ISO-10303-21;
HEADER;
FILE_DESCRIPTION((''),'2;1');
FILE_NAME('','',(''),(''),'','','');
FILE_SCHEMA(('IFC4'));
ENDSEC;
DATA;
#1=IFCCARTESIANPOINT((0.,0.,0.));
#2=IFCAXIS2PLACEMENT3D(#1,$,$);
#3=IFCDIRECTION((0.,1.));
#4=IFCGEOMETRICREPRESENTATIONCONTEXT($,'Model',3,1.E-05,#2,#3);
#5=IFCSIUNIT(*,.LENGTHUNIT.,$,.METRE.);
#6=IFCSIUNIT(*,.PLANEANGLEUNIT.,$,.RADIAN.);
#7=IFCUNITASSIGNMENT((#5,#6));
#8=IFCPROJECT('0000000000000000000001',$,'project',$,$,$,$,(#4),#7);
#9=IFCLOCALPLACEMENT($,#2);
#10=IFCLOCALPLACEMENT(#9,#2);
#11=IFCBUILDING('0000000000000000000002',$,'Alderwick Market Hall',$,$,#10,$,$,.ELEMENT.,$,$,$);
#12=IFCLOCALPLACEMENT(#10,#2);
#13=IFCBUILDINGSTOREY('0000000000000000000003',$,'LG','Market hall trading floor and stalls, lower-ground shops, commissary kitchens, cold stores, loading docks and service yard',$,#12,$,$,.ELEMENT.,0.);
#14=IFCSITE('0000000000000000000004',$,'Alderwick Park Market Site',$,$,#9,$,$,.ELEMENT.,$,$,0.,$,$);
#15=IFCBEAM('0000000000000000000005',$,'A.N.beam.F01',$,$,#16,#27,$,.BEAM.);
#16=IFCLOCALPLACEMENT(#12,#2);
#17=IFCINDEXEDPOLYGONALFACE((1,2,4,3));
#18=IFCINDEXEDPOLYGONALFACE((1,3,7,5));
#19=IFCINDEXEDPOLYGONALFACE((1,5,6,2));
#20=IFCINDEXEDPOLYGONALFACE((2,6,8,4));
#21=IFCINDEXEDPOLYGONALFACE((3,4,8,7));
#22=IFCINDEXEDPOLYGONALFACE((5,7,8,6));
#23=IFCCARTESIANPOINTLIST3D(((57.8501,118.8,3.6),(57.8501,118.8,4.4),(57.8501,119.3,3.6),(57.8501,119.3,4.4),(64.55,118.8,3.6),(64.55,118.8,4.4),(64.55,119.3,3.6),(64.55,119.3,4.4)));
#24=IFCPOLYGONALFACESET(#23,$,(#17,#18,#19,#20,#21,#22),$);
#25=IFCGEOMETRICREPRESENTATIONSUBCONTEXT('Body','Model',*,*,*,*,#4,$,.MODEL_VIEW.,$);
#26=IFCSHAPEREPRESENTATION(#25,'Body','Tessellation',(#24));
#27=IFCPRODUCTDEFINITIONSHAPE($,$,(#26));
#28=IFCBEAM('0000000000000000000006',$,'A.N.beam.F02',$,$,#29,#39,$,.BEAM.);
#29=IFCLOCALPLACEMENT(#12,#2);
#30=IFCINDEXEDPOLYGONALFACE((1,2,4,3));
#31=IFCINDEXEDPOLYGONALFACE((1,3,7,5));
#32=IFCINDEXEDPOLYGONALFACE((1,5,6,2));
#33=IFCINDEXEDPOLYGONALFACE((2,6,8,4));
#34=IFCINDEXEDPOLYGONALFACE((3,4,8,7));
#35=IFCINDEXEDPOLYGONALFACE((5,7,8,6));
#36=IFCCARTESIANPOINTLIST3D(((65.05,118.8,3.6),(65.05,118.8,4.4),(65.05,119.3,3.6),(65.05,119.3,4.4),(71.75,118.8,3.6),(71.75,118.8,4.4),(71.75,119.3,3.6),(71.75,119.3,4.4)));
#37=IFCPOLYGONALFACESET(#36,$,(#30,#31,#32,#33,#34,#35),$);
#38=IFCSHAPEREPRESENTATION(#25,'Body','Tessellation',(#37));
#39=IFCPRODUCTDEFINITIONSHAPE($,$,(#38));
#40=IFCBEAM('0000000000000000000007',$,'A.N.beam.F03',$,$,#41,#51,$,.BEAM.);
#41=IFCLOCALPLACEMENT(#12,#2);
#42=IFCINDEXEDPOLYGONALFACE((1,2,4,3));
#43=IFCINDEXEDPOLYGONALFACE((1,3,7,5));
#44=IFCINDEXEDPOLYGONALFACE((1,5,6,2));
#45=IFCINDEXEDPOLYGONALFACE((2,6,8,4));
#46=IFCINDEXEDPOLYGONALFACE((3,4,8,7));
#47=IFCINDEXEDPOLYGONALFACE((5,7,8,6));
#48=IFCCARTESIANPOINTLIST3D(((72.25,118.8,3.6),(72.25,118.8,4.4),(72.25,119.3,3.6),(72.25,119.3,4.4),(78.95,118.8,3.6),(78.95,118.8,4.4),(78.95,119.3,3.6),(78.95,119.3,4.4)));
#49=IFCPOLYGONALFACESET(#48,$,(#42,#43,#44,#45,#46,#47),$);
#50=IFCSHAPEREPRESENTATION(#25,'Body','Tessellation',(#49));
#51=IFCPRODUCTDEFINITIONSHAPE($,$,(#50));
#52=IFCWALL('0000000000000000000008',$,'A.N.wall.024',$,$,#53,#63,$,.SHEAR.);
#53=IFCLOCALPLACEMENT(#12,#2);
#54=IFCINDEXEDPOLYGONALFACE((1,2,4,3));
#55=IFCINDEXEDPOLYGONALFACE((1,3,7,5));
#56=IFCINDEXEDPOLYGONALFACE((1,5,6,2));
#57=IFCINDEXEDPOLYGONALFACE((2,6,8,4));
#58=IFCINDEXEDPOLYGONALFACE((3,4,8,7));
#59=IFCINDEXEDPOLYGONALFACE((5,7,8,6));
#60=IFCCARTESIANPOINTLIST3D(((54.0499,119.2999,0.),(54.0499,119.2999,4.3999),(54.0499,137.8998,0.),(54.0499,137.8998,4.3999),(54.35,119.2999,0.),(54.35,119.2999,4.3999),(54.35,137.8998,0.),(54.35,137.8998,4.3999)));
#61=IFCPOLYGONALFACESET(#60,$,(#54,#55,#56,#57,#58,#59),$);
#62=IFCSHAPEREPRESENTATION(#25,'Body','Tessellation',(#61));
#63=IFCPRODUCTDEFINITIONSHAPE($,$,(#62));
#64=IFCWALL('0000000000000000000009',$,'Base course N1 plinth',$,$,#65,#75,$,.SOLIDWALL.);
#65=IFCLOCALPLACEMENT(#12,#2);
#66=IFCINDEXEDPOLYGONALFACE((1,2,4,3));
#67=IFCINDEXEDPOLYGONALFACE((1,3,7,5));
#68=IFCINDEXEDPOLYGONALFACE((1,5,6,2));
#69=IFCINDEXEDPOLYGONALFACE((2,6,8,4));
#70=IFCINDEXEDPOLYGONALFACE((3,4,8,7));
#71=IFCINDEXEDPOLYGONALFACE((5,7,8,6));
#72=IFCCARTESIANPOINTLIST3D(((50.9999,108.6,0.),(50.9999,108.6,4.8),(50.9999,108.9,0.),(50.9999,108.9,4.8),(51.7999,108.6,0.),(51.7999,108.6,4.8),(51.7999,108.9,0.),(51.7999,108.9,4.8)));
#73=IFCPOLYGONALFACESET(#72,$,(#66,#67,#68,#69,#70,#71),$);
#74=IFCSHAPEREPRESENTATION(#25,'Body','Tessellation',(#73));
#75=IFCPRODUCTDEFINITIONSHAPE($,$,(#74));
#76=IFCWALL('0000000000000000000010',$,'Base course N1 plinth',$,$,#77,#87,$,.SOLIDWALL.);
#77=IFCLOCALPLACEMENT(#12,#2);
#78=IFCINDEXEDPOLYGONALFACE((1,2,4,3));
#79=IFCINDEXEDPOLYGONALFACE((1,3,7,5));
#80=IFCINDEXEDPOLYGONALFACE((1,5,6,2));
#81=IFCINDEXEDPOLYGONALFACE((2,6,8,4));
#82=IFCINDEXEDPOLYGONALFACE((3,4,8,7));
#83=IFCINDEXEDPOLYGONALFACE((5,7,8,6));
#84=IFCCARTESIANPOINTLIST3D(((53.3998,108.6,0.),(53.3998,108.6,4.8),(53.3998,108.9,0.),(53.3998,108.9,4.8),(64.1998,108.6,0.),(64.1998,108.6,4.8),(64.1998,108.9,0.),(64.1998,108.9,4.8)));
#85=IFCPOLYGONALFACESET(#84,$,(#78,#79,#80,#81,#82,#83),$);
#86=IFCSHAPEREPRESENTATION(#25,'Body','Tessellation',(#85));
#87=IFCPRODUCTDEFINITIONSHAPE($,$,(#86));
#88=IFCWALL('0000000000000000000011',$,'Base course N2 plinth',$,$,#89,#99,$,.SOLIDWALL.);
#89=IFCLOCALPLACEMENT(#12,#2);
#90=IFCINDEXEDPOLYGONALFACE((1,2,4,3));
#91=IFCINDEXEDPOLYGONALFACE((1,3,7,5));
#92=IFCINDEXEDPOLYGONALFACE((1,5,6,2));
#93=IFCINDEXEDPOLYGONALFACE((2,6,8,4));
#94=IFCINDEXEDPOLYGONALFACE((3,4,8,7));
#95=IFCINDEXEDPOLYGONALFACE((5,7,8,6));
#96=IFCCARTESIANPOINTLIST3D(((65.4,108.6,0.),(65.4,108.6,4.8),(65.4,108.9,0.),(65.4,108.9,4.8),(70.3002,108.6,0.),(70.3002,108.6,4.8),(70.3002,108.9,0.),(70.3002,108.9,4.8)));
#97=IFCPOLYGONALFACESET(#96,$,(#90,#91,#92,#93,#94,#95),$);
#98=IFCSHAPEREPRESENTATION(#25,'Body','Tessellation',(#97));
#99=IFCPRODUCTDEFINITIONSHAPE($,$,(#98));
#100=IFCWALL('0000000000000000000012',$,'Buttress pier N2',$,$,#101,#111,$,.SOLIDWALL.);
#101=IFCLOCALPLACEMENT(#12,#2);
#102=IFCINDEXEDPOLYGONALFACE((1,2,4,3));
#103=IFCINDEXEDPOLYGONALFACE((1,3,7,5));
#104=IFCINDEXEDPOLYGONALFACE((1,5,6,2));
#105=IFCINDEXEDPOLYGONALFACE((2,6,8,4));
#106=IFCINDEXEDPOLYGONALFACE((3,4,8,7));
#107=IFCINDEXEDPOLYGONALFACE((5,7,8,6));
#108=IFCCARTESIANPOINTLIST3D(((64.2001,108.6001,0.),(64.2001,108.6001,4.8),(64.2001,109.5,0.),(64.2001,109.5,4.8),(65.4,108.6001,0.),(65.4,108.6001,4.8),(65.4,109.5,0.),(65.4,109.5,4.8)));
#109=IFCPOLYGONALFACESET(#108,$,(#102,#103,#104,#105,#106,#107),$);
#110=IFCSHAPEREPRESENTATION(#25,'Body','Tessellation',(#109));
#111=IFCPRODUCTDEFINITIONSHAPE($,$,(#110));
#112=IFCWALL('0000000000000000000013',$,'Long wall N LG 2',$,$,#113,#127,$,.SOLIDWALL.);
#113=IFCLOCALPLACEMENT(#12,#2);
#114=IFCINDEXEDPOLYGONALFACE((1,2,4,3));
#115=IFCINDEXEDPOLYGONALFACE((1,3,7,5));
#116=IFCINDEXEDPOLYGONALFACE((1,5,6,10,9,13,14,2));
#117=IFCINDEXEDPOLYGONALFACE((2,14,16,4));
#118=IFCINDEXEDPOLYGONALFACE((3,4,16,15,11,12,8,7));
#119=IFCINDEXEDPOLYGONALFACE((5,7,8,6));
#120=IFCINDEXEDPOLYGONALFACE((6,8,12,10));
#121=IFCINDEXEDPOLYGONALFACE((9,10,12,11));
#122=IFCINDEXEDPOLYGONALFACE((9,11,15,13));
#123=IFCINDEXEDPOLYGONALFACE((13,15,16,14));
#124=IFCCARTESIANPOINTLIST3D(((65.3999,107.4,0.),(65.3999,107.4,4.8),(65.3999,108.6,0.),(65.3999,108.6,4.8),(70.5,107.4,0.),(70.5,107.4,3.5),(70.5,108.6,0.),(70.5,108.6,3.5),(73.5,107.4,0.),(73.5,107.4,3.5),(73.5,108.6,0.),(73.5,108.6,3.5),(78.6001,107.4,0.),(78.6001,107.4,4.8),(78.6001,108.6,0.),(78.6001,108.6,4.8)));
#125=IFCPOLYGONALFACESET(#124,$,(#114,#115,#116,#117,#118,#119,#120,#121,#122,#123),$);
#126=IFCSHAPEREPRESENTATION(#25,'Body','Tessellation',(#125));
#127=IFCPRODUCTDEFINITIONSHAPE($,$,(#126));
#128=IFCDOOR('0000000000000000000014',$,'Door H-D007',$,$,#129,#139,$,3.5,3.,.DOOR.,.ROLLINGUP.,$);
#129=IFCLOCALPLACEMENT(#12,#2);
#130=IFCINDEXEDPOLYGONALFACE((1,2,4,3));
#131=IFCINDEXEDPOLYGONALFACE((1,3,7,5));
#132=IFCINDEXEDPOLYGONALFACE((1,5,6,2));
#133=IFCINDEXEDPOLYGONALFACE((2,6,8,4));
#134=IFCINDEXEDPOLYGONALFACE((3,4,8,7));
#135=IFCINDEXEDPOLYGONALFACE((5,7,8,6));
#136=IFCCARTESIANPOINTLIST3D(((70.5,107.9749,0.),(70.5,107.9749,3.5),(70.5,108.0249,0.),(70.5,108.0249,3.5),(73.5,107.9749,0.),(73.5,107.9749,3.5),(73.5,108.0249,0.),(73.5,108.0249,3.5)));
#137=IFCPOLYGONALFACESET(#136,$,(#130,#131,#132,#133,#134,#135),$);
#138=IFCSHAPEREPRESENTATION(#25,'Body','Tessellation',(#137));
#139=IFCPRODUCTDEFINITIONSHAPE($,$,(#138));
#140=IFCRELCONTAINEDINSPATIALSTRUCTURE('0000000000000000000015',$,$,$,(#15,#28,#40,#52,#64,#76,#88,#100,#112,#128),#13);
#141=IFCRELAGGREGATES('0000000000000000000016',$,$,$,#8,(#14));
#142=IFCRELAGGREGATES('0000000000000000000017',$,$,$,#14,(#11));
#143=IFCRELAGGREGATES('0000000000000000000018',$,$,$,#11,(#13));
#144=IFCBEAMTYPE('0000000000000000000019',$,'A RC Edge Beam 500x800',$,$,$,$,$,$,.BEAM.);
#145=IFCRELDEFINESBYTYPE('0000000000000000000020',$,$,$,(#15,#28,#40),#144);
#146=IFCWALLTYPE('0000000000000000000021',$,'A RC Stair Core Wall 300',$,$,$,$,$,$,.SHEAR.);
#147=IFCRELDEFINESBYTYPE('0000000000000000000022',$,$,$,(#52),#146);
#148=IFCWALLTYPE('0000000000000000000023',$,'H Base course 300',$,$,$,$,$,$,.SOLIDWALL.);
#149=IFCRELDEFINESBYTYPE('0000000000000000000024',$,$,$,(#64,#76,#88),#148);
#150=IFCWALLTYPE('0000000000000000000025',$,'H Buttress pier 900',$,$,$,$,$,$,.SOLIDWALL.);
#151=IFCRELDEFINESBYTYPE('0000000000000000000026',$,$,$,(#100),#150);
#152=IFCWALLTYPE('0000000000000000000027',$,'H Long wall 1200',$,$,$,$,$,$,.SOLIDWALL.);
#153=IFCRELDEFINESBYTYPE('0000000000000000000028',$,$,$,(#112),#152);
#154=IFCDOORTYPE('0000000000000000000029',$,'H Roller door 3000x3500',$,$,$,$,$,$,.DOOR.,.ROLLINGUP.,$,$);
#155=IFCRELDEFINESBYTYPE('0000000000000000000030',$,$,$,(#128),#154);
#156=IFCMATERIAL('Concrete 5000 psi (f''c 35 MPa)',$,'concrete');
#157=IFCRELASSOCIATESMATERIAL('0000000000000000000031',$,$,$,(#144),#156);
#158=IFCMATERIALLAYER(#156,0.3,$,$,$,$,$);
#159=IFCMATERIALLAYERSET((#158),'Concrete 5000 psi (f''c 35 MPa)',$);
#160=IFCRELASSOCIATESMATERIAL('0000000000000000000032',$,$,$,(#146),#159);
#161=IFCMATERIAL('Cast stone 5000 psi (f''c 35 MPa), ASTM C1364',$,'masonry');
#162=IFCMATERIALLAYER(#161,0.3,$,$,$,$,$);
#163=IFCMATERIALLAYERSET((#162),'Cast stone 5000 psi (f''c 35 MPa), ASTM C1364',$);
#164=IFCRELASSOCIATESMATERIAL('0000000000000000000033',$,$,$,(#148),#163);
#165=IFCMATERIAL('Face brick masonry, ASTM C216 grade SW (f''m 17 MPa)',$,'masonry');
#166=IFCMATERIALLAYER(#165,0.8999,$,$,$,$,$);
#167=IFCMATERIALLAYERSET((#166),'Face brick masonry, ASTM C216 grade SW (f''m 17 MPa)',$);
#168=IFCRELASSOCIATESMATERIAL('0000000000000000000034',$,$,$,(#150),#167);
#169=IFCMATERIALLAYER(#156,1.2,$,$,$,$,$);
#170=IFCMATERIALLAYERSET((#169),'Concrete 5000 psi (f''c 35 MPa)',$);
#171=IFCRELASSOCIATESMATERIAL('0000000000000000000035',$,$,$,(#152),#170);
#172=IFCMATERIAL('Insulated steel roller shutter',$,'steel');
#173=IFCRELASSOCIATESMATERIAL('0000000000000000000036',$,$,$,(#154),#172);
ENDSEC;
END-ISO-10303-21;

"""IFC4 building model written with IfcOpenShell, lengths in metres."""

from ifc_helpers import new_model, si_unit, direction, frame, frame_2d, origin, origin_2d, place, context, subcontext, project, spatial, rectangle, extrude, material, layer, layer_set, material_profile, profile_set, type_object, element, fill, save


model = new_model("IFC4")

# Units and contexts
model_context = context("Model", 3, precision=1e-05, world=origin(), true_north=direction((0.0, 1.0)))
body_context = subcontext(model_context, "Body", "Model", "MODEL_VIEW")
ifc_project = project(units=[si_unit("LENGTHUNIT", "METRE"), si_unit("PLANEANGLEUNIT", "RADIAN")], contexts=[model_context])

# Site, building, storey
site_placement = place(None, origin())
site = spatial("IfcSite", under=ifc_project, at=site_placement, Name="Alderwick Park Market Site", CompositionType="ELEMENT", RefElevation=0.0)
building_placement = place(site_placement, origin())
building = spatial("IfcBuilding", under=site, at=building_placement, Name="Alderwick Market Hall", CompositionType="ELEMENT")
storey_placement = place(building_placement, origin())
storey = spatial("IfcBuildingStorey", under=building, at=storey_placement, Name="LG", Description="Market hall trading floor and stalls, lower-ground shops, commissary kitchens, cold stores, loading docks and service yard", CompositionType="ELEMENT", Elevation=0.0)

# Shared definitions
ifc_material_1 = material(Name="Concrete 5000 psi (f'c 35 MPa)", Category="concrete")

# Beams
ifc_material_profile_1 = material_profile(ifc_material_1, rectangle(XDim=0.5, YDim=0.8, at=origin_2d()), Name="A RC Edge Beam 500x800")
ifc_profile_set_1 = profile_set([ifc_material_profile_1], Name="Concrete 5000 psi (f'c 35 MPa)")
beam_type_1 = type_object("IfcBeamType", Name="A RC Edge Beam 500x800", PredefinedType="BEAM", material=ifc_profile_set_1)
for number, where, z_axis, x_axis, name in (
    (1, (57.8501, 119.05, 4.0), (1.0, 0.0, 0.0), (0.0, 1.0, 0.0), "A.N.beam.F01"),
    (2, (65.05, 119.05, 4.0), (1.0, 0.0, 0.0), (0.0, 1.0, 0.0), "A.N.beam.F02"),
    (3, (72.25, 119.05, 4.0), (1.0, 0.0, 0.0), (0.0, 1.0, 0.0), "A.N.beam.F03"),
):
    element("IfcBeam", number, at=place(storey_placement, frame(where, z_axis=z_axis, x_axis=x_axis)), inside=storey, type_object=beam_type_1, Name=name, PredefinedType="BEAM", context=body_context, shape_type="SweptSolid", body=[
        extrude(rectangle(XDim=0.5, YDim=0.8, at=origin_2d()), origin(), (0.0, 0.0, 1.0), 6.7),
    ])

# Walls
ifc_layer_1 = layer(ifc_material_1, 0.3)
ifc_layer_set_1 = layer_set([ifc_layer_1], Name="Concrete 5000 psi (f'c 35 MPa)")
wall_type_1 = type_object("IfcWallType", Name="A RC Stair Core Wall 300", PredefinedType="SHEAR", material=ifc_layer_set_1)
wall_1_placement = place(storey_placement, frame((54.2, 119.3, 0.0), z_axis=(0.0, 0.0, 1.0), x_axis=(0.0, 1.0, 0.0)))
element("IfcWall", 4, at=wall_1_placement, inside=storey, type_object=wall_type_1, Name="A.N.wall.024", PredefinedType="SHEAR", context=body_context, shape_type="SweptSolid", body=[
    extrude(rectangle(XDim=18.5999, YDim=0.3, at=frame_2d((9.2998, 0.0))), origin(), (0.0, 0.0, 1.0), 4.3999),
])
ifc_material_2 = material(Name="Cast stone 5000 psi (f'c 35 MPa), ASTM C1364", Category="masonry")
ifc_layer_2 = layer(ifc_material_2, 0.3)
ifc_layer_set_2 = layer_set([ifc_layer_2], Name="Cast stone 5000 psi (f'c 35 MPa), ASTM C1364")
wall_type_2 = type_object("IfcWallType", Name="H Base course 300", PredefinedType="SOLIDWALL", material=ifc_layer_set_2)
wall_2_placement = place(storey_placement, frame((51.0, 108.75, 0.0), z_axis=(0.0, 0.0, 1.0), x_axis=(1.0, 0.0, 0.0)))
element("IfcWall", 5, at=wall_2_placement, inside=storey, type_object=wall_type_2, Name="Base course N1 plinth", PredefinedType="SOLIDWALL", context=body_context, shape_type="SweptSolid", body=[
    extrude(rectangle(XDim=0.8, YDim=0.3, at=frame_2d((0.3999, 0.0))), origin(), (0.0, 0.0, 1.0), 4.8),
])
wall_3_placement = place(storey_placement, frame((53.3999, 108.75, 0.0), z_axis=(0.0, 0.0, 1.0), x_axis=(1.0, 0.0, 0.0)))
element("IfcWall", 6, at=wall_3_placement, inside=storey, type_object=wall_type_2, Name="Base course N1 plinth", PredefinedType="SOLIDWALL", context=body_context, shape_type="SweptSolid", body=[
    extrude(rectangle(XDim=10.8, YDim=0.3, at=frame_2d((5.3999, 0.0))), origin(), (0.0, 0.0, 1.0), 4.8),
])
wall_4_placement = place(storey_placement, frame((65.3999, 108.75, 0.0), z_axis=(0.0, 0.0, 1.0), x_axis=(1.0, 0.0, 0.0)))
element("IfcWall", 7, at=wall_4_placement, inside=storey, type_object=wall_type_2, Name="Base course N2 plinth", PredefinedType="SOLIDWALL", context=body_context, shape_type="SweptSolid", body=[
    extrude(rectangle(XDim=4.9001, YDim=0.3, at=frame_2d((2.4502, 0.0))), origin(), (0.0, 0.0, 1.0), 4.8),
])
ifc_material_3 = material(Name="Face brick masonry, ASTM C216 grade SW (f'm 17 MPa)", Category="masonry")
ifc_layer_3 = layer(ifc_material_3, 0.8999)
ifc_layer_set_3 = layer_set([ifc_layer_3], Name="Face brick masonry, ASTM C216 grade SW (f'm 17 MPa)")
wall_type_3 = type_object("IfcWallType", Name="H Buttress pier 900", PredefinedType="SOLIDWALL", material=ifc_layer_set_3)
wall_5_placement = place(storey_placement, frame((64.2, 109.05, 0.0), z_axis=(0.0, 0.0, 1.0), x_axis=(1.0, 0.0, 0.0)))
element("IfcWall", 8, at=wall_5_placement, inside=storey, type_object=wall_type_3, Name="Buttress pier N2", PredefinedType="SOLIDWALL", context=body_context, shape_type="SweptSolid", body=[
    extrude(rectangle(XDim=1.2, YDim=0.8999, at=frame_2d((0.6001, 0.0))), origin(), (0.0, 0.0, 1.0), 4.8),
])

# Wall, opening, door
ifc_layer_4 = layer(ifc_material_1, 1.2)
ifc_layer_set_4 = layer_set([ifc_layer_4], Name="Concrete 5000 psi (f'c 35 MPa)")
wall_type_4 = type_object("IfcWallType", Name="H Long wall 1200", PredefinedType="SOLIDWALL", material=ifc_layer_set_4)
wall_6_placement = place(storey_placement, frame((65.3999, 108.0, 0.0), z_axis=(0.0, 0.0, 1.0), x_axis=(1.0, 0.0, 0.0)))
wall_6 = element("IfcWall", 9, at=wall_6_placement, inside=storey, type_object=wall_type_4, Name="Long wall N LG 2", PredefinedType="SOLIDWALL", context=body_context, shape_type="SweptSolid", body=[
    extrude(rectangle(XDim=13.2002, YDim=1.2, at=frame_2d((6.6001, 0.0))), origin(), (0.0, 0.0, 1.0), 4.8),
])
opening_1_placement = place(wall_6_placement, frame((5.1001, 0.0, 0.0)))
opening_1 = element("IfcOpeningElement", 10, at=opening_1_placement, cuts=wall_6, PredefinedType="OPENING", context=body_context, shape_type="SweptSolid", body=[
    extrude(rectangle(XDim=3.0, YDim=3.5, at=frame_2d((1.5, 1.75))), frame((0.0, 0.6099, 0.0), z_axis=(0.0, -1.0, 0.0), x_axis=(1.0, 0.0, 0.0)), (0.0, 0.0, 1.0), 1.22),
])
ifc_material_4 = material(Name="Insulated steel roller shutter", Category="steel")
door_type_1 = type_object("IfcDoorType", Name="H Roller door 3000x3500", OperationType="ROLLINGUP", PredefinedType="DOOR", material=ifc_material_4)
door_1_placement = place(opening_1_placement, origin())
door_1 = element("IfcDoor", 11, at=door_1_placement, inside=storey, type_object=door_type_1, Name="Door H-D007", OperationType="ROLLINGUP", OverallHeight=3.5, OverallWidth=3.0, PredefinedType="DOOR", context=body_context, shape_type="SweptSolid", body=[
    extrude(rectangle(XDim=3.0, YDim=3.5, at=frame_2d((1.5, 1.75))), frame((0.0, 0.0249, 0.0), z_axis=(0.0, -1.0, 0.0), x_axis=(1.0, 0.0, 0.0)), (0.0, 0.0, 1.0), 0.05),
])
fill(opening_1, door_1)

save(model, "model.ifc")
